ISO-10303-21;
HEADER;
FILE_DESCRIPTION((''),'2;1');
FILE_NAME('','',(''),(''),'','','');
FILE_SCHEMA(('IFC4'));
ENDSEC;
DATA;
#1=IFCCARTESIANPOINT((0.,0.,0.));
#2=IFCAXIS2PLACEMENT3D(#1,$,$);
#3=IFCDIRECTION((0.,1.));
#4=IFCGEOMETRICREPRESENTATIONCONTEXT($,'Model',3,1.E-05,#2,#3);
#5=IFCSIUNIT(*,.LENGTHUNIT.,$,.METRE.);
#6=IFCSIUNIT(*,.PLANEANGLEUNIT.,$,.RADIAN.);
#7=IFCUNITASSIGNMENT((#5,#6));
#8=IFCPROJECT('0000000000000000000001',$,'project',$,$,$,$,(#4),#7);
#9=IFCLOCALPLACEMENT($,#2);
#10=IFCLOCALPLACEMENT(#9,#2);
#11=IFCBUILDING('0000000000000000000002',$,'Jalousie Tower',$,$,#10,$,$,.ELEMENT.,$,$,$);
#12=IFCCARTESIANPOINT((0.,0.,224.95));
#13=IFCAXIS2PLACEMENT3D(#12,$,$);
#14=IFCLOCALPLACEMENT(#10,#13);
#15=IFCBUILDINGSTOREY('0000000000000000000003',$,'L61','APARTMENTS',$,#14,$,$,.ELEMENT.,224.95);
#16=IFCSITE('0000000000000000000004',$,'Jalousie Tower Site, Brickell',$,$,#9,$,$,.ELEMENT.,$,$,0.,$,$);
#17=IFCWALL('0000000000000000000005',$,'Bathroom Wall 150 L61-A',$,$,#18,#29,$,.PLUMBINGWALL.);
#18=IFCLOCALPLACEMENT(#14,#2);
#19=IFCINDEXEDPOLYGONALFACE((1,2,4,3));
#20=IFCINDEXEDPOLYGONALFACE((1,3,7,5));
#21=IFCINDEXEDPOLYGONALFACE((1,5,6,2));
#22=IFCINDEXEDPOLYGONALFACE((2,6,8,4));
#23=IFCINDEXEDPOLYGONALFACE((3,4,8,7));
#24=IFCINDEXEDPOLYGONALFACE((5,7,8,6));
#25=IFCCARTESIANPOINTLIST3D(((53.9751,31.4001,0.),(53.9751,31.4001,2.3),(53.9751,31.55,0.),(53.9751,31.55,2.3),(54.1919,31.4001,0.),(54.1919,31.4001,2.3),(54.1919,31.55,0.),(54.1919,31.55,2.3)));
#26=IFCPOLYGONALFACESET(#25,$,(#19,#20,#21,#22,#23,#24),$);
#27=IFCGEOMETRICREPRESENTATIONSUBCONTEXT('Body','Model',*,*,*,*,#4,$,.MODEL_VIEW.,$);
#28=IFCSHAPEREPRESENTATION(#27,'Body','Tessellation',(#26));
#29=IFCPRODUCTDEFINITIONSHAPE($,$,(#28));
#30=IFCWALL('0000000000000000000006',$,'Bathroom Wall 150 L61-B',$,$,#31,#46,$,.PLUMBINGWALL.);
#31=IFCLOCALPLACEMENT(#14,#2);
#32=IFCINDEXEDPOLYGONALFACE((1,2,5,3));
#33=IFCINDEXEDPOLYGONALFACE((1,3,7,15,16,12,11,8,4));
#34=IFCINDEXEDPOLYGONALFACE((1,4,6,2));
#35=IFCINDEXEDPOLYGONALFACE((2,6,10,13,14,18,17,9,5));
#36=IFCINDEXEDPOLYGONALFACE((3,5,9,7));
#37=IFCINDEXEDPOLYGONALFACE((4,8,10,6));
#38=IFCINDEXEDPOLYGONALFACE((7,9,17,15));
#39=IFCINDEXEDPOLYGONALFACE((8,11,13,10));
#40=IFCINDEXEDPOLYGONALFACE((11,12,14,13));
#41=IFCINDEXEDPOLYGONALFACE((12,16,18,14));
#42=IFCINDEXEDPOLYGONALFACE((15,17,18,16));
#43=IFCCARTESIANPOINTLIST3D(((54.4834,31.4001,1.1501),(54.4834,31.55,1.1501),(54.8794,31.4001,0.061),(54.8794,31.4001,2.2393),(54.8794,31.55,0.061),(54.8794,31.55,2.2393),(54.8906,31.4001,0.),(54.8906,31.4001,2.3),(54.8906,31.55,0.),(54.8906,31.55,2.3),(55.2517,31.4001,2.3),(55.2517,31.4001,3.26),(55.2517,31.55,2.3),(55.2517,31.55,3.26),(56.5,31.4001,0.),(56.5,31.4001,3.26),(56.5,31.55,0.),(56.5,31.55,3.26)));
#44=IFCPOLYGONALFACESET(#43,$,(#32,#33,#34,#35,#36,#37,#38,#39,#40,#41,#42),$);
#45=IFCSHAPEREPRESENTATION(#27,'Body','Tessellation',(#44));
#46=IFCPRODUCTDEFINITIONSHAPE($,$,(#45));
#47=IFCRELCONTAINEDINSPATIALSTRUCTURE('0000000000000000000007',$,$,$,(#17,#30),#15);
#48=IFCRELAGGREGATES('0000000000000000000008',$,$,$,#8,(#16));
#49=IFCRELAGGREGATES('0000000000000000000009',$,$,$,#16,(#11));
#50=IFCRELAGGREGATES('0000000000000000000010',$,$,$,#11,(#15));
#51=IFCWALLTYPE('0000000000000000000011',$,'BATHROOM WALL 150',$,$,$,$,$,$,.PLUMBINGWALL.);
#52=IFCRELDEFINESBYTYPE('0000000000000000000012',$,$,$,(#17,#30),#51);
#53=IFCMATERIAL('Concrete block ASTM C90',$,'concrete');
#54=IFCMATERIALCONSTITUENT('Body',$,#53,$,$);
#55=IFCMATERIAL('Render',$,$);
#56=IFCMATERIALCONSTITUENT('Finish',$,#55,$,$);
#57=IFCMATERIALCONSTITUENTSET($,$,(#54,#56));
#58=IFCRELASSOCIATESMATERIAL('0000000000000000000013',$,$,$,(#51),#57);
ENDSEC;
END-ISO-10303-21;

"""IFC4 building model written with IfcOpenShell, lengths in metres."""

from ifc_helpers import new_model, si_unit, direction, frame, frame_2d, origin, place, context, subcontext, project, spatial, polyline, rectangle, outline, extrude, material, constituent, constituent_set, type_object, element, save


model = new_model("IFC4")

# Units and contexts
model_context = context("Model", 3, precision=1e-05, world=origin(), true_north=direction((0.0, 1.0)))
body_context = subcontext(model_context, "Body", "Model", "MODEL_VIEW")
ifc_project = project(units=[si_unit("LENGTHUNIT", "METRE"), si_unit("PLANEANGLEUNIT", "RADIAN")], contexts=[model_context])

# Site, building, storey
site_placement = place(None, origin())
site = spatial("IfcSite", under=ifc_project, at=site_placement, Name="Jalousie Tower Site, Brickell", CompositionType="ELEMENT", RefElevation=0.0)
building_placement = place(site_placement, origin())
building = spatial("IfcBuilding", under=site, at=building_placement, Name="Jalousie Tower", CompositionType="ELEMENT")
storey_placement = place(building_placement, frame((0.0, 0.0, 224.95)))
storey = spatial("IfcBuildingStorey", under=building, at=storey_placement, Name="L61", Description="APARTMENTS", CompositionType="ELEMENT", Elevation=224.95)

# Walls
ifc_material_1 = material(Name="Concrete block ASTM C90", Category="concrete")
ifc_constituent_1 = constituent(ifc_material_1, Name="Body")
ifc_material_2 = material(Name="Render")
ifc_constituent_2 = constituent(ifc_material_2, Name="Finish")
ifc_constituent_set = constituent_set(constituents=[ifc_constituent_1, ifc_constituent_2])
wall_type = type_object("IfcWallType", Name="BATHROOM WALL 150", PredefinedType="PLUMBINGWALL", material=ifc_constituent_set)
wall_1_placement = place(storey_placement, frame((53.9751, 31.4751, 0.0), z_axis=(0.0, 0.0, 1.0), x_axis=(1.0, 0.0, 0.0)))
element("IfcWall", 1, at=wall_1_placement, inside=storey, type_object=wall_type, Name="Bathroom Wall 150 L61-A", PredefinedType="PLUMBINGWALL", context=body_context, shape_type="SweptSolid", body=[
    extrude(rectangle(XDim=0.2168, YDim=0.1499, at=frame_2d((0.1084, 0.0))), origin(), (0.0, 0.0, 1.0), 2.3),
])
wall_2_placement = place(storey_placement, frame((54.4834, 31.4751, 0.0), z_axis=(0.0, 0.0, 1.0), x_axis=(1.0, 0.0, 0.0)))
element("IfcWall", 2, at=wall_2_placement, inside=storey, type_object=wall_type, Name="Bathroom Wall 150 L61-B", PredefinedType="PLUMBINGWALL", context=body_context, shape_type="SweptSolid", body=[
    extrude(outline(polyline([(0.7683, 3.26), (0.7683, 2.3), (0.4072, 2.3), (0.396, 2.2393), (0.0, 1.1501), (0.396, 0.061), (0.4072, 0.0), (2.0166, 0.0), (2.0166, 3.26), (0.7683, 3.26)])), frame((0.0, 0.075, 0.0), z_axis=(0.0, -1.0, 0.0), x_axis=(1.0, 0.0, 0.0)), (0.0, 0.0, 1.0), 0.1499),
])

save(model, "model.ifc")
